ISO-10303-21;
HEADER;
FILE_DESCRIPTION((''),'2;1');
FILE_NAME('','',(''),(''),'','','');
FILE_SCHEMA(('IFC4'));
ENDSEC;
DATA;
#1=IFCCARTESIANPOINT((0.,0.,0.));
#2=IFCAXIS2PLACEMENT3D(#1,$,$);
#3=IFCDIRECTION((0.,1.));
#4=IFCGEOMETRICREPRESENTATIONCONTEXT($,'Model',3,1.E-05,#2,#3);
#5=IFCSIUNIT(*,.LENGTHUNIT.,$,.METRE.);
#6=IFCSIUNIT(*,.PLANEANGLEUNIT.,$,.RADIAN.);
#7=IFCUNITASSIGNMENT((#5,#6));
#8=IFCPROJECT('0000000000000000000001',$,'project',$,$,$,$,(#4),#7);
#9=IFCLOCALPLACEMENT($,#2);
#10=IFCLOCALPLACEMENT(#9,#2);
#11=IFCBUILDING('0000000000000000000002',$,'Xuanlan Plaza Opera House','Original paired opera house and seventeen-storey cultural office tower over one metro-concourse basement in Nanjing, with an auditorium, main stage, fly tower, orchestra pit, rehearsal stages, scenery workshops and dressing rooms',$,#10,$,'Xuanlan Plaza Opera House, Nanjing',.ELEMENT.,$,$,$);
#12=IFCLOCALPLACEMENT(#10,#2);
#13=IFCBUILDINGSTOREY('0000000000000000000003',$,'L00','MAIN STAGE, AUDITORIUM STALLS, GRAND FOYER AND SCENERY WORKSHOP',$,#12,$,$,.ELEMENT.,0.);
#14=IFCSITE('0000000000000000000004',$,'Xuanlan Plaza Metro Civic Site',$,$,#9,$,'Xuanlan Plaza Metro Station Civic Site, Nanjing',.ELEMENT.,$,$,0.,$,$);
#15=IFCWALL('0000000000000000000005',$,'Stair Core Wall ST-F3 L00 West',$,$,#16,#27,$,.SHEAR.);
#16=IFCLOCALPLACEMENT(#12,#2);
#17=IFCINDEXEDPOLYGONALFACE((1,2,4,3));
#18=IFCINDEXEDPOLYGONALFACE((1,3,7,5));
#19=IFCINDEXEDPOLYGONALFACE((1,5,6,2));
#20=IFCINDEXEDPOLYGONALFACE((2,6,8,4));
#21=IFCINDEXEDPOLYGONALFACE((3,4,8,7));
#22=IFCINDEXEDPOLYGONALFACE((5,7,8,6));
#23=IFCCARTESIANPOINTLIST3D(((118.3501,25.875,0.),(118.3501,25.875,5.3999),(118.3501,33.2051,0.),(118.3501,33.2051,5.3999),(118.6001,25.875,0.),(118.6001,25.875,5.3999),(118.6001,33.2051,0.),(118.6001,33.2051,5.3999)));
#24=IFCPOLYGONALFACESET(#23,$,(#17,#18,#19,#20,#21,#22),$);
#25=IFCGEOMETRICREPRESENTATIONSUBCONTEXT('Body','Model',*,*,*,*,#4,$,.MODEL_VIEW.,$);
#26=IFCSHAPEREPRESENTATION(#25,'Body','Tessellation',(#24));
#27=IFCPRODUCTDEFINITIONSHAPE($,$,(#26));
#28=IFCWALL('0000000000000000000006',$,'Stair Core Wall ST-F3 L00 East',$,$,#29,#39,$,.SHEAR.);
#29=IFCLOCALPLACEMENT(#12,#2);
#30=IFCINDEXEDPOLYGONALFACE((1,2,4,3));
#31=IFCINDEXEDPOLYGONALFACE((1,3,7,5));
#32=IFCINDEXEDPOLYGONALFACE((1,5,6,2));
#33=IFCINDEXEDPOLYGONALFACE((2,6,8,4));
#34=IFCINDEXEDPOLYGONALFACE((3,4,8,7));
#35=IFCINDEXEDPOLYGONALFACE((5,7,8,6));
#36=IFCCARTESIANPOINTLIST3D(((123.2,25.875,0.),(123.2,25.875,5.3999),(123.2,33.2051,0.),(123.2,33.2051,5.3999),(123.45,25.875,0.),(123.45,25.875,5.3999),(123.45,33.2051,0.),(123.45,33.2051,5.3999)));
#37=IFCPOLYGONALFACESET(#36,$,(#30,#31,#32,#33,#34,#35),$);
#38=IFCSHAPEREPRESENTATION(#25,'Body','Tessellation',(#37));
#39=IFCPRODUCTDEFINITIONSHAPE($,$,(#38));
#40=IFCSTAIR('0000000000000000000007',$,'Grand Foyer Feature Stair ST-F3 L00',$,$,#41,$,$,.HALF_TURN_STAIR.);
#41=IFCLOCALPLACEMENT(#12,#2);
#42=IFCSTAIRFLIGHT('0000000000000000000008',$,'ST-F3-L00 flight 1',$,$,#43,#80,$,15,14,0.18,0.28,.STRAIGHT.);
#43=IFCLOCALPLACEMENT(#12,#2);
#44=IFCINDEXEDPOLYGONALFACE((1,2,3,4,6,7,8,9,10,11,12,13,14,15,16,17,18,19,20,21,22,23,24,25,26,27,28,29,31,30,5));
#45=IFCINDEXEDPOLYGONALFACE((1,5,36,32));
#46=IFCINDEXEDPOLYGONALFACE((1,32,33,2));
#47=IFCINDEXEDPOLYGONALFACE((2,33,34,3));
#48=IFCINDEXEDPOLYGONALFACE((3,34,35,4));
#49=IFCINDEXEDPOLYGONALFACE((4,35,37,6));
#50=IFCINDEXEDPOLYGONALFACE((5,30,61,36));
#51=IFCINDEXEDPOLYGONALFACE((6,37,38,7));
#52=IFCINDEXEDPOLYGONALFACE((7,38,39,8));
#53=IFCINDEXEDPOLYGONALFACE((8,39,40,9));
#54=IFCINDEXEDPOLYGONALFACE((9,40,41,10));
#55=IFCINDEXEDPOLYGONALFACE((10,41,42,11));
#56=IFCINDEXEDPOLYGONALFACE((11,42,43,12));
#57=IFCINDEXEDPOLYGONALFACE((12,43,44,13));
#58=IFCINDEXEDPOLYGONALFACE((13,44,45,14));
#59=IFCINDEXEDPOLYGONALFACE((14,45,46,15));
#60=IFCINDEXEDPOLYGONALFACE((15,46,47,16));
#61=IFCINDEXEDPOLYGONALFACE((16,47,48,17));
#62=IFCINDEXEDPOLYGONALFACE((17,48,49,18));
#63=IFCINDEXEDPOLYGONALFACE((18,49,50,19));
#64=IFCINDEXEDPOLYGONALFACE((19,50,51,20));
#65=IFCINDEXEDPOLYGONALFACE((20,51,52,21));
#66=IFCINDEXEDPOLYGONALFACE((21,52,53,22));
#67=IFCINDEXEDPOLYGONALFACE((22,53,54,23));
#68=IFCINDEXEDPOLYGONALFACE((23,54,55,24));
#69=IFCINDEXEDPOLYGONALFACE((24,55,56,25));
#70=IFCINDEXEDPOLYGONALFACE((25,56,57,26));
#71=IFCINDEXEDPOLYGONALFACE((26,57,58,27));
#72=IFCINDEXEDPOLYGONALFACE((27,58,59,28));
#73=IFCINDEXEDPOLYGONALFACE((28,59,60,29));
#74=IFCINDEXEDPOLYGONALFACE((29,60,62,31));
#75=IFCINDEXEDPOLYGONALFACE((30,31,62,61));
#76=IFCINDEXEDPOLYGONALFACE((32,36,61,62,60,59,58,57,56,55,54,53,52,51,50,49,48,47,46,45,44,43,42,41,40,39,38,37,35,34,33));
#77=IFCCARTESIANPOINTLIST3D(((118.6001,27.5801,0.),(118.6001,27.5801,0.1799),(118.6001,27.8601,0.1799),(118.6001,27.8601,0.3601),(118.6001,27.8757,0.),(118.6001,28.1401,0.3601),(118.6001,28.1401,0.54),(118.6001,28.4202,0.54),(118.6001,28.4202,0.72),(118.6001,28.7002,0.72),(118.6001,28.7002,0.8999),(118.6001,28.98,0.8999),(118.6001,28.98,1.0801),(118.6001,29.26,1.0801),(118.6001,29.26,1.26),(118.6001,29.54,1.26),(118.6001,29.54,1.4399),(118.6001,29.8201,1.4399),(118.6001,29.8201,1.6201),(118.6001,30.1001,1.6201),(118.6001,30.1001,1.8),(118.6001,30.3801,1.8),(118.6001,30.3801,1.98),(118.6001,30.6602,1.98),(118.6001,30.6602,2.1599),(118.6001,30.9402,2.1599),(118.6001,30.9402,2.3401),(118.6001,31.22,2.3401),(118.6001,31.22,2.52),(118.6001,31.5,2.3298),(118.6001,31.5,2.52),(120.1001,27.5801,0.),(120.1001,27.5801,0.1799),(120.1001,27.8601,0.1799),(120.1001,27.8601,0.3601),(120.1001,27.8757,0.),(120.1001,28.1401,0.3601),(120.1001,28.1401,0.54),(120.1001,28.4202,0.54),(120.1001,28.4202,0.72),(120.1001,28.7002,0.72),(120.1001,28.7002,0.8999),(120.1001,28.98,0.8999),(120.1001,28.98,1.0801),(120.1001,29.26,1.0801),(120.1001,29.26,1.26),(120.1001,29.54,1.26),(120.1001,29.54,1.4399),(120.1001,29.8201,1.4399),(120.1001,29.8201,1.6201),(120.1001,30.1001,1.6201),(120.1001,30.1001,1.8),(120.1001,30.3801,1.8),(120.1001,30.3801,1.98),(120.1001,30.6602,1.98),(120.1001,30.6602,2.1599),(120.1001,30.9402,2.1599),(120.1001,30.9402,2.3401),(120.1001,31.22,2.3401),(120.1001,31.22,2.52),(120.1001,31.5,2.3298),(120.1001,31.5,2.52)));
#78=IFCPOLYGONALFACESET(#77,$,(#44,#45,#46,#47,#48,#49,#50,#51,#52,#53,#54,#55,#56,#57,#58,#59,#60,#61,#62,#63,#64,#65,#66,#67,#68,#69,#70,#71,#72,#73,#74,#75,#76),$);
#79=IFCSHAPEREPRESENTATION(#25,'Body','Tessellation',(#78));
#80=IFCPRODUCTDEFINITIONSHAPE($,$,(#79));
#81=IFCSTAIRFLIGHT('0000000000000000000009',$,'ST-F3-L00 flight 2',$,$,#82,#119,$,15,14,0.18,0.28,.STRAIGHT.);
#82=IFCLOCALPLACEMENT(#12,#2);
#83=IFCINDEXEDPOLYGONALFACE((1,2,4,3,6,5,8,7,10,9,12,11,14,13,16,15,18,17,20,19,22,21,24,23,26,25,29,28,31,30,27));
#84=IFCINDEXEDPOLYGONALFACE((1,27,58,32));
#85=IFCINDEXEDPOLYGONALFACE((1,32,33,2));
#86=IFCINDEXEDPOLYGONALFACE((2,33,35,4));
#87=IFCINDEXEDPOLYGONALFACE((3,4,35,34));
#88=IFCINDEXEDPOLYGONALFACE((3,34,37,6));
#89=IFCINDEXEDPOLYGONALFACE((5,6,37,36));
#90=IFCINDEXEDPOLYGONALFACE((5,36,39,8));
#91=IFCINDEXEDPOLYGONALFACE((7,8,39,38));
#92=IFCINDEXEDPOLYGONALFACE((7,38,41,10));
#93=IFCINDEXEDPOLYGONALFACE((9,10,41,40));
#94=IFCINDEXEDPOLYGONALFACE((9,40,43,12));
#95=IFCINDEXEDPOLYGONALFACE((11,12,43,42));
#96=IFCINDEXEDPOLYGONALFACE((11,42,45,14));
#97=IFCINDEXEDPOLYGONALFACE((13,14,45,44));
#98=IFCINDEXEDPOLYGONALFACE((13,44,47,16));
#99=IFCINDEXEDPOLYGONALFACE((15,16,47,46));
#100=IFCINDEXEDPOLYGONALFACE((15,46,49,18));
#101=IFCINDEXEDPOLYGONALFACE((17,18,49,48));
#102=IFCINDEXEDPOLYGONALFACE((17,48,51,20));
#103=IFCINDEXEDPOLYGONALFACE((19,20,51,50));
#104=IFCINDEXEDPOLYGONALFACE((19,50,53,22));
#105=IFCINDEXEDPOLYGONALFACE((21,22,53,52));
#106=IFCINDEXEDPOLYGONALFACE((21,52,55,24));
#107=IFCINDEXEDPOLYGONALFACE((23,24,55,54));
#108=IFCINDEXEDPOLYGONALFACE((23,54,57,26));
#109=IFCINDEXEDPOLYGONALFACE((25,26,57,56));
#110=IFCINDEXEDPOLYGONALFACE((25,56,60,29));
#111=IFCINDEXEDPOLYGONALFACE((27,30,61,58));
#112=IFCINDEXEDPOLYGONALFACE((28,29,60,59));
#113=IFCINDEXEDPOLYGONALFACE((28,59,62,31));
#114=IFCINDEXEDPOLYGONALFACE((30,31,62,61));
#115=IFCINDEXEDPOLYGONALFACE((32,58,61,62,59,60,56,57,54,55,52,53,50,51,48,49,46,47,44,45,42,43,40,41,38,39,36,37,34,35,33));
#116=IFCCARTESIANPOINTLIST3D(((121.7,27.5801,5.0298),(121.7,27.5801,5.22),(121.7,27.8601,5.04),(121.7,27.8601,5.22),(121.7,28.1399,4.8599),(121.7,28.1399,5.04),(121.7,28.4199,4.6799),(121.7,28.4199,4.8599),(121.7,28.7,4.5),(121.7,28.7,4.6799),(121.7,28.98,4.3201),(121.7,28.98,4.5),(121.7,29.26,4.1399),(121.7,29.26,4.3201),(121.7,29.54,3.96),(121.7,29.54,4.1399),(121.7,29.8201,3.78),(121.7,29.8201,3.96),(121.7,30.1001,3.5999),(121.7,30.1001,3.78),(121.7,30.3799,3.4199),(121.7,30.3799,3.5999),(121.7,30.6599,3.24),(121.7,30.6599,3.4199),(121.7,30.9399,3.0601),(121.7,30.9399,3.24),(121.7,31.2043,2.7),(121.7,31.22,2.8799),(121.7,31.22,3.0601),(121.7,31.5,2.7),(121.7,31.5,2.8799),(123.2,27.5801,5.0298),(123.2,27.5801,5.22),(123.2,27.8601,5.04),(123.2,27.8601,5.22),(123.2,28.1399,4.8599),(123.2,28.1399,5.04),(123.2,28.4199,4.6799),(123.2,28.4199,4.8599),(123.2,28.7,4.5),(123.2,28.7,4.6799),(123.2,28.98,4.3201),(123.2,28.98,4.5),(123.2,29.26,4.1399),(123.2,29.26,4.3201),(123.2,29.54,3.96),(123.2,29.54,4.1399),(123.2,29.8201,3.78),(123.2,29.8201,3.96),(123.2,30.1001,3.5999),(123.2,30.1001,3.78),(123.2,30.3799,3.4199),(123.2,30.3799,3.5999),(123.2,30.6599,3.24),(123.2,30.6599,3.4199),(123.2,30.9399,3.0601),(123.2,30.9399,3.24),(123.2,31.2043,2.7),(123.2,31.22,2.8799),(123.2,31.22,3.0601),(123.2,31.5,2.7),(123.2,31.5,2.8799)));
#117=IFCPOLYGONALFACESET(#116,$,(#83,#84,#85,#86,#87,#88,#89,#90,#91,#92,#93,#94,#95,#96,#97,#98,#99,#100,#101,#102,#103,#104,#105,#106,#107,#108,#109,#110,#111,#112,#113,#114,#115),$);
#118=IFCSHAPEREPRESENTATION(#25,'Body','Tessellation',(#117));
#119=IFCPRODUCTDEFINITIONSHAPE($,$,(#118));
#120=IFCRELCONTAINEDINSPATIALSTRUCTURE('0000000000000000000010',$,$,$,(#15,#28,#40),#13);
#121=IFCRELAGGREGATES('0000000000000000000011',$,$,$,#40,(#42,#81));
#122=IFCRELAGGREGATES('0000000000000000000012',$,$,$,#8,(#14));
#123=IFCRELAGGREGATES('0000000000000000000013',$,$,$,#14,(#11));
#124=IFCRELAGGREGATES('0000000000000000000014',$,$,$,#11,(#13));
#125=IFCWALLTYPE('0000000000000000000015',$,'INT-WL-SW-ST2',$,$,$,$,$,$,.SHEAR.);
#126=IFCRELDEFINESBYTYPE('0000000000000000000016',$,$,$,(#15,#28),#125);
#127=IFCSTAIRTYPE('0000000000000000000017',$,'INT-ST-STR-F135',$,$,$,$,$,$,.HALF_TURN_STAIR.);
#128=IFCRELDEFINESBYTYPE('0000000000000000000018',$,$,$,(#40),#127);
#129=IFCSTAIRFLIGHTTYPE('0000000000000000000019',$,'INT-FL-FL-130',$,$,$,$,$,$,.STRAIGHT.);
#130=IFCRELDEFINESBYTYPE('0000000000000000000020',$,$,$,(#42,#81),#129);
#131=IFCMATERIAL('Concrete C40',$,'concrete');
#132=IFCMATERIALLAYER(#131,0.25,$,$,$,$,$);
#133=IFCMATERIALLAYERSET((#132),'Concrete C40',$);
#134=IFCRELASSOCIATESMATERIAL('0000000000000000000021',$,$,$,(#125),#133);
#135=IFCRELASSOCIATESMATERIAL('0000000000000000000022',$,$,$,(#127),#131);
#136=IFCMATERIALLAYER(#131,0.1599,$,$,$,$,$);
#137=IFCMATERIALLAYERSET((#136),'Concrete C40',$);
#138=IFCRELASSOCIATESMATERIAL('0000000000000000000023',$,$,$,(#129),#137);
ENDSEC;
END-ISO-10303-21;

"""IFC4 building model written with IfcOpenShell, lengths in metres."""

from ifc_helpers import new_model, si_unit, direction, frame, frame_2d, origin, place, context, subcontext, project, spatial, polyline, rectangle, outline, extrude, material, layer, layer_set, type_object, element, aggregate, save


model = new_model("IFC4")

# Units and contexts
model_context = context("Model", 3, precision=1e-05, world=origin(), true_north=direction((0.0, 1.0)))
body_context = subcontext(model_context, "Body", "Model", "MODEL_VIEW")
ifc_project = project(units=[si_unit("LENGTHUNIT", "METRE"), si_unit("PLANEANGLEUNIT", "RADIAN")], contexts=[model_context])

# Site, building, storey
site_placement = place(None, origin())
site = spatial("IfcSite", under=ifc_project, at=site_placement, Name="Xuanlan Plaza Metro Civic Site", LongName="Xuanlan Plaza Metro Station Civic Site, Nanjing", CompositionType="ELEMENT", RefElevation=0.0)
building_placement = place(site_placement, origin())
building = spatial("IfcBuilding", under=site, at=building_placement, Name="Xuanlan Plaza Opera House", Description="Original paired opera house and seventeen-storey cultural office tower over one metro-concourse basement in Nanjing, with an auditorium, main stage, fly tower, orchestra pit, rehearsal stages, scenery workshops and dressing rooms", LongName="Xuanlan Plaza Opera House, Nanjing", CompositionType="ELEMENT")
storey_placement = place(building_placement, origin())
storey = spatial("IfcBuildingStorey", under=building, at=storey_placement, Name="L00", Description="MAIN STAGE, AUDITORIUM STALLS, GRAND FOYER AND SCENERY WORKSHOP", CompositionType="ELEMENT", Elevation=0.0)

# Shared definitions
ifc_material_1 = material(Name="Concrete C40", Category="concrete")

# Shared definitions
ifc_layer_1 = layer(ifc_material_1, 0.25)
ifc_layer_set_1 = layer_set([ifc_layer_1], Name="Concrete C40")
wall_type_1 = type_object("IfcWallType", Name="INT-WL-SW-ST2", PredefinedType="SHEAR", material=ifc_layer_set_1)

# Walls
for number, where, z_axis, x_axis, name in (
    (1, (118.4751, 25.875, 0.0), (0.0, 0.0, 1.0), (0.0, 1.0, 0.0), "Stair Core Wall ST-F3 L00 West"),
    (2, (123.325, 25.875, 0.0), (0.0, 0.0, 1.0), (0.0, 1.0, 0.0), "Stair Core Wall ST-F3 L00 East"),
):
    element("IfcWall", number, at=place(storey_placement, frame(where, z_axis=z_axis, x_axis=x_axis)), inside=storey, type_object=wall_type_1, Name=name, PredefinedType="SHEAR", context=body_context, shape_type="SweptSolid", body=[
        extrude(rectangle(XDim=7.3301, YDim=0.25, at=frame_2d((3.665, 0.0))), origin(), (0.0, 0.0, 1.0), 5.3999),
    ])

# Stair, stair flights
stair_type = type_object("IfcStairType", Name="INT-ST-STR-F135", PredefinedType="HALF_TURN_STAIR", material=ifc_material_1)
stair_placement = place(storey_placement, origin())
stair = element("IfcStair", 3, at=stair_placement, inside=storey, type_object=stair_type, Name="Grand Foyer Feature Stair ST-F3 L00", PredefinedType="HALF_TURN_STAIR")
ifc_layer_2 = layer(ifc_material_1, 0.1599)
ifc_layer_set_2 = layer_set([ifc_layer_2], Name="Concrete C40")
stair_flight_type = type_object("IfcStairFlightType", Name="INT-FL-FL-130", PredefinedType="STRAIGHT", material=ifc_layer_set_2)
stair_flight_1_placement = place(storey_placement, frame((119.3501, 27.5801, 0.0), z_axis=(0.0, 0.0, 1.0), x_axis=(0.0, 1.0, 0.0)))
stair_flight_1 = element("IfcStairFlight", 4, at=stair_flight_1_placement, type_object=stair_flight_type, Name="ST-F3-L00 flight 1", NumberOfRisers=15, NumberOfTreads=14, PredefinedType="STRAIGHT", RiserHeight=0.18, TreadLength=0.28, context=body_context, shape_type="SweptSolid", body=[
    extrude(outline(polyline([(0.0, 0.0), (0.0, 0.1799), (0.28, 0.1799), (0.28, 0.3601), (0.5601, 0.3601), (0.5601, 0.54), (0.8401, 0.54), (0.8401, 0.72), (1.1201, 0.72), (1.1201, 0.8999), (1.3999, 0.8999), (1.3999, 1.0801), (1.6799, 1.0801), (1.6799, 1.26), (1.96, 1.26), (1.96, 1.4399), (2.24, 1.4399), (2.24, 1.6201), (2.52, 1.6201), (2.52, 1.8), (2.8, 1.8), (2.8, 1.98), (3.0801, 1.98), (3.0801, 2.1599), (3.3601, 2.1599), (3.3601, 2.3401), (3.6399, 2.3401), (3.6399, 2.52), (3.9199, 2.52), (3.9199, 2.7), (3.9199, 2.3298), (0.2957, 0.0), (0.0, 0.0)])), frame((0.0, 0.75, 0.0), z_axis=(0.0, -1.0, 0.0), x_axis=(1.0, 0.0, 0.0)), (0.0, 0.0, 1.0), 1.5),
])
stair_flight_2_placement = place(storey_placement, frame((122.45, 31.5, 2.7), z_axis=(0.0, 0.0, 1.0), x_axis=(0.0, -1.0, 0.0)))
stair_flight_2 = element("IfcStairFlight", 5, at=stair_flight_2_placement, type_object=stair_flight_type, Name="ST-F3-L00 flight 2", NumberOfRisers=15, NumberOfTreads=14, PredefinedType="STRAIGHT", RiserHeight=0.18, TreadLength=0.28, context=body_context, shape_type="SweptSolid", body=[
    extrude(outline(polyline([(0.0, 0.0), (0.0, 0.1799), (0.28, 0.1799), (0.28, 0.3601), (0.5601, 0.3601), (0.5601, 0.54), (0.8401, 0.54), (0.8401, 0.72), (1.1201, 0.72), (1.1201, 0.8999), (1.3999, 0.8999), (1.3999, 1.0801), (1.6799, 1.0801), (1.6799, 1.26), (1.96, 1.26), (1.96, 1.4399), (2.24, 1.4399), (2.24, 1.6201), (2.52, 1.6201), (2.52, 1.8), (2.8, 1.8), (2.8, 1.98), (3.0801, 1.98), (3.0801, 2.1599), (3.3601, 2.1599), (3.3601, 2.3401), (3.6399, 2.3401), (3.6399, 2.52), (3.9199, 2.52), (3.9199, 2.7), (3.9199, 2.3298), (0.2957, 0.0), (0.0, 0.0)])), frame((0.0, 0.75, 0.0), z_axis=(0.0, -1.0, 0.0), x_axis=(1.0, 0.0, 0.0)), (0.0, 0.0, 1.0), 1.5),
])
aggregate(stair, [stair_flight_1, stair_flight_2])

save(model, "model.ifc")
